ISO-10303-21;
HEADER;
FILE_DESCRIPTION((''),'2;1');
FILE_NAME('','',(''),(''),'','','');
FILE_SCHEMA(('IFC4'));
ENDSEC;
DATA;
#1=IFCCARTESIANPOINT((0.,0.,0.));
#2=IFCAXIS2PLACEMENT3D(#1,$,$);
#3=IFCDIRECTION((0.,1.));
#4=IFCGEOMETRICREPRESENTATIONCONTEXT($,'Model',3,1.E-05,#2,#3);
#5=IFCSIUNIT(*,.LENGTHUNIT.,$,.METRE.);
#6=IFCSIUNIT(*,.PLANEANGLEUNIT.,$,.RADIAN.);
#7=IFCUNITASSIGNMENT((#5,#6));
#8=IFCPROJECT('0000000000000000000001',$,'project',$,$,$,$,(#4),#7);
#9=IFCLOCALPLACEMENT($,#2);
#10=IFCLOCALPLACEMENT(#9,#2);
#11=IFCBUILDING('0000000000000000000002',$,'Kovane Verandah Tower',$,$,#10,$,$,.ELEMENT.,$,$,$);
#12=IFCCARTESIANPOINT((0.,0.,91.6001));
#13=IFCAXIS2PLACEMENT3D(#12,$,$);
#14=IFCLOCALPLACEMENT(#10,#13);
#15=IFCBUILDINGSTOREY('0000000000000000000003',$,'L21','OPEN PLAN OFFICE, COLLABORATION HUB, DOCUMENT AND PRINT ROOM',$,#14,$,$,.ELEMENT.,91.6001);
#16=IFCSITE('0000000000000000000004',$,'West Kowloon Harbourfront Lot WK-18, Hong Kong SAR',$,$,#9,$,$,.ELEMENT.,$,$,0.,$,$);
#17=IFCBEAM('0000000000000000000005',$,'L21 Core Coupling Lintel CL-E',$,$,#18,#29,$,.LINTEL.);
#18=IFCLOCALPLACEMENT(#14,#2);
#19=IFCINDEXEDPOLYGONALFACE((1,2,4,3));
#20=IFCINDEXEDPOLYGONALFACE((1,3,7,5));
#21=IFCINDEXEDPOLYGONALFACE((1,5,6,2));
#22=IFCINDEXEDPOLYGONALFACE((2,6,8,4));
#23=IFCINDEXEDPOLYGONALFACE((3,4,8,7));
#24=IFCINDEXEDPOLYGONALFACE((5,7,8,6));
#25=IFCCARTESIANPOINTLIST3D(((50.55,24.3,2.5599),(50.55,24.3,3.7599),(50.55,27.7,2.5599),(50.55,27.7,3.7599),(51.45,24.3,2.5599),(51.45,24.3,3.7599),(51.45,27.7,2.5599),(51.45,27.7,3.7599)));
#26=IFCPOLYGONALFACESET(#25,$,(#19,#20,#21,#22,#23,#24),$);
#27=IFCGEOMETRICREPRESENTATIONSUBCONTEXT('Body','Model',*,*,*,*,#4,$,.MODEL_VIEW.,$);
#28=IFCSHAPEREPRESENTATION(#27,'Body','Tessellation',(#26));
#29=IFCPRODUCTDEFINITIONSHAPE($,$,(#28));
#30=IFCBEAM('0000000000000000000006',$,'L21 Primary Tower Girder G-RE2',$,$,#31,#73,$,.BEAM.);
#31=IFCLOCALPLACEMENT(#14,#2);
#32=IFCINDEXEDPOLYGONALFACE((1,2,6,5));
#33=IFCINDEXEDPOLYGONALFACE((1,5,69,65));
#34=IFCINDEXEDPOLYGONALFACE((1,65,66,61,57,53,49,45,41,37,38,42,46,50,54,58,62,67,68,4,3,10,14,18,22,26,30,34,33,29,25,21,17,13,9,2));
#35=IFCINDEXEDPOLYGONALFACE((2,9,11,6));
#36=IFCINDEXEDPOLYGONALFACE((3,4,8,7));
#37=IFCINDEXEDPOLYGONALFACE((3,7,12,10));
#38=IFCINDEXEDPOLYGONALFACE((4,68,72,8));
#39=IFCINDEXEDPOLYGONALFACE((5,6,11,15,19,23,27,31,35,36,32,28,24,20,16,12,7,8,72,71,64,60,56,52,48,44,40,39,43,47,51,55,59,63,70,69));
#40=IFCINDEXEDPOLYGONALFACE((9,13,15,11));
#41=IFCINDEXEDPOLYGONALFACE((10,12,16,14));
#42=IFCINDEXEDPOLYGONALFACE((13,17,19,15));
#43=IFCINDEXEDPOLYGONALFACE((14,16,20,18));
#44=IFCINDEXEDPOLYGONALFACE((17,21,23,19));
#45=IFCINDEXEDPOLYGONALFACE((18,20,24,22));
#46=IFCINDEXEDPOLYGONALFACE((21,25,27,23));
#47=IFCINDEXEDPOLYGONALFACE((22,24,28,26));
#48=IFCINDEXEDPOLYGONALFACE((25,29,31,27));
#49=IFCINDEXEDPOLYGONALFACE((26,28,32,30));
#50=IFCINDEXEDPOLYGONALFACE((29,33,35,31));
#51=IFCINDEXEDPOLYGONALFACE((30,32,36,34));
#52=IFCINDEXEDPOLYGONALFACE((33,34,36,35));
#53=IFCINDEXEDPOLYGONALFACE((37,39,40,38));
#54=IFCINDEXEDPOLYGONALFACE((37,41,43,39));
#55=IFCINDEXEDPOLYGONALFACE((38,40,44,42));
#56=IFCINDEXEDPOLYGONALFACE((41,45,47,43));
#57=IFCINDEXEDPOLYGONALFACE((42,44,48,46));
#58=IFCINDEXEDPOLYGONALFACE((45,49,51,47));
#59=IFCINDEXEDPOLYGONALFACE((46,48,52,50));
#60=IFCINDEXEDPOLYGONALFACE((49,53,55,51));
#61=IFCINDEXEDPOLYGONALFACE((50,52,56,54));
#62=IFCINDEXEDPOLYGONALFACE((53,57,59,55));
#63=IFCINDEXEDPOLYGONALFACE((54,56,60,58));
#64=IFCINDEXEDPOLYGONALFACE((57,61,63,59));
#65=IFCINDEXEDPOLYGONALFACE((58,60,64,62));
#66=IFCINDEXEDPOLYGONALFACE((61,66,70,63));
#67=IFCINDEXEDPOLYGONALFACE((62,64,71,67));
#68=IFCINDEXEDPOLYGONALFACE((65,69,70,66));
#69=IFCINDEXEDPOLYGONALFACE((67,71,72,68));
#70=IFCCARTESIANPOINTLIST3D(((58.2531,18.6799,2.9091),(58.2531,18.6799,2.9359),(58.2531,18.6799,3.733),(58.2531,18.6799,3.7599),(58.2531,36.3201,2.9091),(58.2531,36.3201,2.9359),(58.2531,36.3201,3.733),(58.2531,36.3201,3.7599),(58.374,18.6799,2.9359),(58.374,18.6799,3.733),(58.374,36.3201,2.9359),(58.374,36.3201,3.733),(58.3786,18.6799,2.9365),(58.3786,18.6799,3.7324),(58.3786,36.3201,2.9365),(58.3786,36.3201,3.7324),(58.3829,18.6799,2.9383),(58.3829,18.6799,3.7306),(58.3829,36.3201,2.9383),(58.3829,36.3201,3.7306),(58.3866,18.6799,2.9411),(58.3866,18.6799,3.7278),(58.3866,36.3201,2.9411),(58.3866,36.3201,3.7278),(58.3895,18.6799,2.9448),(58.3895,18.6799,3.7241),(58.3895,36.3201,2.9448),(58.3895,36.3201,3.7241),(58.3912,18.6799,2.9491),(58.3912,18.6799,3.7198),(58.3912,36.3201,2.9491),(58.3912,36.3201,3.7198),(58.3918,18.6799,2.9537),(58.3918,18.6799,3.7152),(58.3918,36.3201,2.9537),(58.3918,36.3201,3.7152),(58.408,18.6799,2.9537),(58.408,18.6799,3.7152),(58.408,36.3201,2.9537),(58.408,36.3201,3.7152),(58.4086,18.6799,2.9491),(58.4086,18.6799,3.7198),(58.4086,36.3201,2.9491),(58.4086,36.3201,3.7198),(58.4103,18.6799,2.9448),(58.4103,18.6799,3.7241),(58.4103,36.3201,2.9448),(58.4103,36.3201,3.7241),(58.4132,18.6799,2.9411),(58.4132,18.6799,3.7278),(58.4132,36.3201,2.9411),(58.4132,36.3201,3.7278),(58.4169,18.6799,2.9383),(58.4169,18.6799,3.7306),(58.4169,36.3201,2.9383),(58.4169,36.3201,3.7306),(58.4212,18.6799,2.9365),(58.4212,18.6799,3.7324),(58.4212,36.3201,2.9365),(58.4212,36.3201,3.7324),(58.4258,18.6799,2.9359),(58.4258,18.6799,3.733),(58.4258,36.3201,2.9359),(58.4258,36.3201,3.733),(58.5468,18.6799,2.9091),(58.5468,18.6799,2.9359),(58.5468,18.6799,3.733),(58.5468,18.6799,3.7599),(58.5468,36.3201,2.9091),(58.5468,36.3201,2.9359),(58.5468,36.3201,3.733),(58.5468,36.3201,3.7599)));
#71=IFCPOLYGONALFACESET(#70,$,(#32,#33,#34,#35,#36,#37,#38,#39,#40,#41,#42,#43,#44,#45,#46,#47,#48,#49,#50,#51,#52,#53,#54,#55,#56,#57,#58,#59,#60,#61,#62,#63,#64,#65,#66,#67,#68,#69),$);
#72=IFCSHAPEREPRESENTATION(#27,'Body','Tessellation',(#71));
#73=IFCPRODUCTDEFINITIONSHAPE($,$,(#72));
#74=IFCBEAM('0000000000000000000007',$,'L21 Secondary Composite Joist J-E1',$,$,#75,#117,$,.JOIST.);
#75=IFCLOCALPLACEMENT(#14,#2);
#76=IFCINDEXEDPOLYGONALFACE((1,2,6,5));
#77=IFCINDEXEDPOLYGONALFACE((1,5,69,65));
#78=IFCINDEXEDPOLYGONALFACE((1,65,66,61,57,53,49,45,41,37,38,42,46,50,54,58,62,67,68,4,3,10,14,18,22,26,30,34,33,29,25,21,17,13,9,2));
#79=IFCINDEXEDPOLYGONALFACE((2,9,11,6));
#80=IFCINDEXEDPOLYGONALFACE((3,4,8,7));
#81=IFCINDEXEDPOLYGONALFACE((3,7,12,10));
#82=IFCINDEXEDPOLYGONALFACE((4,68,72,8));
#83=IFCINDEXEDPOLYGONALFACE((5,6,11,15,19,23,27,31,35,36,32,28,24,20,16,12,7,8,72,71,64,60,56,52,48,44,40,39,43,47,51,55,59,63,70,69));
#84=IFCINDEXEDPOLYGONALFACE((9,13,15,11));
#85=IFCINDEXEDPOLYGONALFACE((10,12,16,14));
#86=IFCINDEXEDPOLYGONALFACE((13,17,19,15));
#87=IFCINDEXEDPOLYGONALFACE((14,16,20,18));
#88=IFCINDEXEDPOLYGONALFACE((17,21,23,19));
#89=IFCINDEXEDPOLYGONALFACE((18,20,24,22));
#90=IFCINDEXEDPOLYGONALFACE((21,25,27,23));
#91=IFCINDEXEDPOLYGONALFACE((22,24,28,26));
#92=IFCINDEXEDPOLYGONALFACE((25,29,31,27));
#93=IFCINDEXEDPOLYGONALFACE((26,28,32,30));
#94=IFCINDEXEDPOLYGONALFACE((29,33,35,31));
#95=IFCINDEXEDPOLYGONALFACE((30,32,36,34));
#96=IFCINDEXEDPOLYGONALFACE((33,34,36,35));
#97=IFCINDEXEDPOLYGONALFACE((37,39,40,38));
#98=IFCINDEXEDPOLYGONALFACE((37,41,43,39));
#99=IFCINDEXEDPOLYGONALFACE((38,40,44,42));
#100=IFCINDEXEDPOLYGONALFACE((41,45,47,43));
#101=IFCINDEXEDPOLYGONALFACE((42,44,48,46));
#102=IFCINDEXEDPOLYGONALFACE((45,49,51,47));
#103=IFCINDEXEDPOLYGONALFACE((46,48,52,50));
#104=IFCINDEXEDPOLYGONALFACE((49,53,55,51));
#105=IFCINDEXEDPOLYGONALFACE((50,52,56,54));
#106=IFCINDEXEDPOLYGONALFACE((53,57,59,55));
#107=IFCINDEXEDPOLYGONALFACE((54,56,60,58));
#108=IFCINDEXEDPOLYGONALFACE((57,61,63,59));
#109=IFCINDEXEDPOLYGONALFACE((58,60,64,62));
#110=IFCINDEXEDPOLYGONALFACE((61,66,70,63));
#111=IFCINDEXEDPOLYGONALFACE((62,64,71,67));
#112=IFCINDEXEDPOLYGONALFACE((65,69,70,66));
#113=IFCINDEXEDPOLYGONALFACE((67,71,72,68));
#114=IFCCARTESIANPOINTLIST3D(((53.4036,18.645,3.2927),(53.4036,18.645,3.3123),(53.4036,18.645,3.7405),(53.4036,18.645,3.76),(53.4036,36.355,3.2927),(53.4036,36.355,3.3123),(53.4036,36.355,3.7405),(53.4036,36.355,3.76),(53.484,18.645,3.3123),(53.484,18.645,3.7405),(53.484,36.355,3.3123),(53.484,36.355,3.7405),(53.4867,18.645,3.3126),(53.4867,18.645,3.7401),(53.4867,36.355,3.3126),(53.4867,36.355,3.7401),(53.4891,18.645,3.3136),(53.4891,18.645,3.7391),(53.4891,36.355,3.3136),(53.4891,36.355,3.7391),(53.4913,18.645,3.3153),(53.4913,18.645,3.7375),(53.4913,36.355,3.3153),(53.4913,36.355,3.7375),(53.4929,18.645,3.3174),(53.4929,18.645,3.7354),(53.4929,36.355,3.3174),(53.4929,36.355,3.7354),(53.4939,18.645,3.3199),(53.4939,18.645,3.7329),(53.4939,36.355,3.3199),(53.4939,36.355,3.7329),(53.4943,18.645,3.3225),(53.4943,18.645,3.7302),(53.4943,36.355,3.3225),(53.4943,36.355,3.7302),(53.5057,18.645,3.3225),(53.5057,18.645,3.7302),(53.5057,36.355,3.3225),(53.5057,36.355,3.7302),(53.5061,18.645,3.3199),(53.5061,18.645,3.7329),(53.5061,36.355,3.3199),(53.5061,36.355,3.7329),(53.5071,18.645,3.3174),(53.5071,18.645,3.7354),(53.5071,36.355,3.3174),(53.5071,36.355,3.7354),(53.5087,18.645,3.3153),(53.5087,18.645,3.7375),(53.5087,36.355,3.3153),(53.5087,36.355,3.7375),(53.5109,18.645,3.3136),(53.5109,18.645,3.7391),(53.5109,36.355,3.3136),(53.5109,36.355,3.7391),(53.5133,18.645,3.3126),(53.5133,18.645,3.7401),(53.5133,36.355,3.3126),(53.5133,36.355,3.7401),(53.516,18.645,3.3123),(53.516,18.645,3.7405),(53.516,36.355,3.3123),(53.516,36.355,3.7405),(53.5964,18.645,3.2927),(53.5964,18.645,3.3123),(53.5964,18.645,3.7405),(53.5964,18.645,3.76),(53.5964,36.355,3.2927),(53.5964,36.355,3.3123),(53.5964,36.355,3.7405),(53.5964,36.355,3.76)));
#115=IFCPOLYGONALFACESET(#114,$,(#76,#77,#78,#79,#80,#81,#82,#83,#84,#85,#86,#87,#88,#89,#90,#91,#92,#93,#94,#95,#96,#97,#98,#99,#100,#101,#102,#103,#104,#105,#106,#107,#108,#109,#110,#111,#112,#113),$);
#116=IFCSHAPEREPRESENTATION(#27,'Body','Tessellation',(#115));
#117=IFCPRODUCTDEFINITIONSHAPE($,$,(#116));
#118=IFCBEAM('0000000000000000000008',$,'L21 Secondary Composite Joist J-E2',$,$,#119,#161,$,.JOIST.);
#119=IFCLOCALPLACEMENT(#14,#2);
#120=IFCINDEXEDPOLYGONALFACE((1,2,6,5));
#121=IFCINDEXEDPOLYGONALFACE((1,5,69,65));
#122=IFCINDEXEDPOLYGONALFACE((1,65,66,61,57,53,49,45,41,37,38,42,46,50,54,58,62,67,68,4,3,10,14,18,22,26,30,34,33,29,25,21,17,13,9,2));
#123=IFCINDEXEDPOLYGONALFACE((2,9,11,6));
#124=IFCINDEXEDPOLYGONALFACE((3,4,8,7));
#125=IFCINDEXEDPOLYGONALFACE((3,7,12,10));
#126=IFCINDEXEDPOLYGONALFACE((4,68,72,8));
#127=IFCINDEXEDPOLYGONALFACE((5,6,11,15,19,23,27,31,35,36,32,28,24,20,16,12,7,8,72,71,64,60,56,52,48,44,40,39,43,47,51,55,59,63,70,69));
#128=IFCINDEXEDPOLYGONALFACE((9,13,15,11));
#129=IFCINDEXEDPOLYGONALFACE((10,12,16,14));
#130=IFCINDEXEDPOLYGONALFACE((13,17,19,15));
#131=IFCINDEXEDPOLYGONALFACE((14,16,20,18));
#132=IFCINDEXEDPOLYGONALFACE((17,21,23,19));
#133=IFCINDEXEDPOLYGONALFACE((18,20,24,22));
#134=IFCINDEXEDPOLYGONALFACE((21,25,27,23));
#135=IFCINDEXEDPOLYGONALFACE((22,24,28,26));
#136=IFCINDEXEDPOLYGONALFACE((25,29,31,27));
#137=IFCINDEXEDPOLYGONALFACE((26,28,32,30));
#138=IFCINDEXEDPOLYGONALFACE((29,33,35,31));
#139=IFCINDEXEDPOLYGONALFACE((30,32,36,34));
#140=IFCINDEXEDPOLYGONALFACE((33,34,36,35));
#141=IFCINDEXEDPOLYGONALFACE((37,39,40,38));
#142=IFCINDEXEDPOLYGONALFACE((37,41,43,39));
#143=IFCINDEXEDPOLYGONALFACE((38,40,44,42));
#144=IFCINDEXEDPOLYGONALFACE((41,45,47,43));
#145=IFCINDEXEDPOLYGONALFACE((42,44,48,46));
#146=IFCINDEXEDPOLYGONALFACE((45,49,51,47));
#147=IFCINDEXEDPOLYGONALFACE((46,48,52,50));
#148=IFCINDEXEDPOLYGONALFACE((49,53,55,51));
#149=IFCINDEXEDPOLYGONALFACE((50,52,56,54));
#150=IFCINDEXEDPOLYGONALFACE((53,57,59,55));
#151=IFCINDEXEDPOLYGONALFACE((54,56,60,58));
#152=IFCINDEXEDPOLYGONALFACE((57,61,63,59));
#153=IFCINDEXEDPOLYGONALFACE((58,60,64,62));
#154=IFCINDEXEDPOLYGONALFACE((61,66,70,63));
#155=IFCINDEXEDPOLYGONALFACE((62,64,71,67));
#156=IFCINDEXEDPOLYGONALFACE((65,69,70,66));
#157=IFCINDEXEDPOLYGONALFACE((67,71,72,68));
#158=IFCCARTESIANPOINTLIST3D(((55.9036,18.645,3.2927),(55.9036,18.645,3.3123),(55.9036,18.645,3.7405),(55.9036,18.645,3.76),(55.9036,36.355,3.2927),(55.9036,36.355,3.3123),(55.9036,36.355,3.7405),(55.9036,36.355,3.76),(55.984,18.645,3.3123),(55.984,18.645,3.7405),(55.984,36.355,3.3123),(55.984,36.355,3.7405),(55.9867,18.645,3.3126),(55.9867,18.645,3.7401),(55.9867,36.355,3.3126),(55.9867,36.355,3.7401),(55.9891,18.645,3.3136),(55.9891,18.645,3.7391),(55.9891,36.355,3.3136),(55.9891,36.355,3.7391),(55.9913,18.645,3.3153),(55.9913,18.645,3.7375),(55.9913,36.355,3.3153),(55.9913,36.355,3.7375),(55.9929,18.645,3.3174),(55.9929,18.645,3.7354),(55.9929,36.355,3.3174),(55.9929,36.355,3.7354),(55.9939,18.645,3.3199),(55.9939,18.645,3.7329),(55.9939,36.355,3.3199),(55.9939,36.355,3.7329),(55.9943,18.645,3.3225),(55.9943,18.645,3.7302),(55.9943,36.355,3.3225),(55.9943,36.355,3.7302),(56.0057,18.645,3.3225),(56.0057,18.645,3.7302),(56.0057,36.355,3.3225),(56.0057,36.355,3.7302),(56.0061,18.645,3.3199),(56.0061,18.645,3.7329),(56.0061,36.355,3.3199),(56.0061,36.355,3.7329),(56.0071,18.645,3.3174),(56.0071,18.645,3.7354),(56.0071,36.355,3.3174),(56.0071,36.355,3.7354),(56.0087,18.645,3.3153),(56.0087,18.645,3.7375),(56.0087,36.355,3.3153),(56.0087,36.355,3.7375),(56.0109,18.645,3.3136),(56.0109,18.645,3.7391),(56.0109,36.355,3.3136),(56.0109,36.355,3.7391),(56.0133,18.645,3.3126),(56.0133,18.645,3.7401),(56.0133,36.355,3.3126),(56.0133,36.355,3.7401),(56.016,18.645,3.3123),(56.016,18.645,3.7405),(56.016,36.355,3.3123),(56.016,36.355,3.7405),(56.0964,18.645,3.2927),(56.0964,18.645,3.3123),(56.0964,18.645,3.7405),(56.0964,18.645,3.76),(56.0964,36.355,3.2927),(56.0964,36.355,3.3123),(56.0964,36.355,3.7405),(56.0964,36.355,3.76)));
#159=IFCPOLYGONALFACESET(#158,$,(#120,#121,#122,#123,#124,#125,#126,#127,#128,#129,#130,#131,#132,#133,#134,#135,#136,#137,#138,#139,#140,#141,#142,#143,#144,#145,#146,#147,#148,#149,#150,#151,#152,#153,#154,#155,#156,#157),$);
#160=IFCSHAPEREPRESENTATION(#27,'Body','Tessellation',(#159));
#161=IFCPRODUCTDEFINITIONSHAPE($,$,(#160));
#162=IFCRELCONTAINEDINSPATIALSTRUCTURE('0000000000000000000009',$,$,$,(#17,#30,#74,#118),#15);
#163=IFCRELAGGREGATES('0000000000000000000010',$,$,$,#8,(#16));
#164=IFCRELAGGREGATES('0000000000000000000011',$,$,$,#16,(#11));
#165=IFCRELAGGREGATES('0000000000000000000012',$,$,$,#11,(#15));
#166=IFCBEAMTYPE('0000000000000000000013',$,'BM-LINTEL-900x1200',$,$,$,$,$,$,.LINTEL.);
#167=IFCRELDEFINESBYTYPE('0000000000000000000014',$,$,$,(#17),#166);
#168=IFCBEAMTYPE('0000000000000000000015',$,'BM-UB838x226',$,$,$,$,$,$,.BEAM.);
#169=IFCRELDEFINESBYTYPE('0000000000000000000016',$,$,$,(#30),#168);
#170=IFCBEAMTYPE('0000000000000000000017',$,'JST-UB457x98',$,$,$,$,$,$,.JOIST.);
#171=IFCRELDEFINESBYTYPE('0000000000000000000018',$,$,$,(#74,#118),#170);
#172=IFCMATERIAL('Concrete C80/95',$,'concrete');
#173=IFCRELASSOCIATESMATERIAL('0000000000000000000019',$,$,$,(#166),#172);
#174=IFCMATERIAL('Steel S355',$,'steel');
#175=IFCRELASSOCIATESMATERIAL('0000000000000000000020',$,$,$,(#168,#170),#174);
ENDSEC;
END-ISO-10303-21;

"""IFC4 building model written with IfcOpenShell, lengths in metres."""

from ifc_helpers import new_model, si_unit, direction, frame, origin, origin_2d, place, context, subcontext, project, spatial, rectangle, i_section, extrude, material, material_profile, profile_set, type_object, element, save


model = new_model("IFC4")

# Units and contexts
model_context = context("Model", 3, precision=1e-05, world=origin(), true_north=direction((0.0, 1.0)))
body_context = subcontext(model_context, "Body", "Model", "MODEL_VIEW")
ifc_project = project(units=[si_unit("LENGTHUNIT", "METRE"), si_unit("PLANEANGLEUNIT", "RADIAN")], contexts=[model_context])

# Site, building, storey
site_placement = place(None, origin())
site = spatial("IfcSite", under=ifc_project, at=site_placement, Name="West Kowloon Harbourfront Lot WK-18, Hong Kong SAR", CompositionType="ELEMENT", RefElevation=0.0)
building_placement = place(site_placement, origin())
building = spatial("IfcBuilding", under=site, at=building_placement, Name="Kovane Verandah Tower", CompositionType="ELEMENT")
storey_placement = place(building_placement, frame((0.0, 0.0, 91.6001)))
storey = spatial("IfcBuildingStorey", under=building, at=storey_placement, Name="L21", Description="OPEN PLAN OFFICE, COLLABORATION HUB, DOCUMENT AND PRINT ROOM", CompositionType="ELEMENT", Elevation=91.6001)

# Beams
ifc_material_1 = material(Name="Concrete C80/95", Category="concrete")
ifc_material_profile_1 = material_profile(ifc_material_1, rectangle(XDim=0.8999, YDim=1.2, at=origin_2d()), Name="RCB900x1200")
ifc_profile_set_1 = profile_set([ifc_material_profile_1], Name="Concrete C80/95")
beam_type_1 = type_object("IfcBeamType", Name="BM-LINTEL-900x1200", PredefinedType="LINTEL", material=ifc_profile_set_1)
beam_1_placement = place(storey_placement, frame((51.0, 24.3, 3.1599), z_axis=(0.0, 1.0, 0.0), x_axis=(-1.0, 0.0, 0.0)))
element("IfcBeam", 1, at=beam_1_placement, inside=storey, type_object=beam_type_1, Name="L21 Core Coupling Lintel CL-E", PredefinedType="LINTEL", context=body_context, shape_type="SweptSolid", body=[
    extrude(rectangle(XDim=0.8999, YDim=1.2, at=origin_2d()), origin(), (0.0, 0.0, 1.0), 3.3999),
])
ifc_material_2 = material(Name="Steel S355", Category="steel")
ifc_material_profile_2 = material_profile(ifc_material_2, i_section(OverallWidth=0.2937, OverallDepth=0.8508, WebThickness=0.0161, FlangeThickness=0.0269, FilletRadius=0.0178, at=origin_2d()), Name="UB838x292x226")
ifc_profile_set_2 = profile_set([ifc_material_profile_2], Name="Steel S355")
beam_type_2 = type_object("IfcBeamType", Name="BM-UB838x226", PredefinedType="BEAM", material=ifc_profile_set_2)
beam_2_placement = place(storey_placement, frame((58.3999, 18.6799, 3.3345), z_axis=(0.0, 1.0, 0.0), x_axis=(-1.0, 0.0, 0.0)))
element("IfcBeam", 2, at=beam_2_placement, inside=storey, type_object=beam_type_2, Name="L21 Primary Tower Girder G-RE2", PredefinedType="BEAM", context=body_context, shape_type="SweptSolid", body=[
    extrude(i_section(OverallWidth=0.2937, OverallDepth=0.8508, WebThickness=0.0161, FlangeThickness=0.0269, FilletRadius=0.0178, at=origin_2d()), origin(), (0.0, 0.0, 1.0), 17.6401),
])
ifc_material_profile_3 = material_profile(ifc_material_2, i_section(OverallWidth=0.1929, OverallDepth=0.4673, WebThickness=0.0115, FlangeThickness=0.0195, FilletRadius=0.0103, at=origin_2d()), Name="UB457x191x98")
ifc_profile_set_3 = profile_set([ifc_material_profile_3], Name="Steel S355")
beam_type_3 = type_object("IfcBeamType", Name="JST-UB457x98", PredefinedType="JOIST", material=ifc_profile_set_3)
for number, where, z_axis, x_axis, name in (
    (3, (53.5, 18.645, 3.5264), (0.0, 1.0, 0.0), (-1.0, 0.0, 0.0), "L21 Secondary Composite Joist J-E1"),
    (4, (56.0, 18.645, 3.5264), (0.0, 1.0, 0.0), (-1.0, 0.0, 0.0), "L21 Secondary Composite Joist J-E2"),
):
    element("IfcBeam", number, at=place(storey_placement, frame(where, z_axis=z_axis, x_axis=x_axis)), inside=storey, type_object=beam_type_3, Name=name, PredefinedType="JOIST", context=body_context, shape_type="SweptSolid", body=[
        extrude(i_section(OverallWidth=0.1929, OverallDepth=0.4673, WebThickness=0.0115, FlangeThickness=0.0195, FilletRadius=0.0103, at=origin_2d()), origin(), (0.0, 0.0, 1.0), 17.71),
    ])

save(model, "model.ifc")
